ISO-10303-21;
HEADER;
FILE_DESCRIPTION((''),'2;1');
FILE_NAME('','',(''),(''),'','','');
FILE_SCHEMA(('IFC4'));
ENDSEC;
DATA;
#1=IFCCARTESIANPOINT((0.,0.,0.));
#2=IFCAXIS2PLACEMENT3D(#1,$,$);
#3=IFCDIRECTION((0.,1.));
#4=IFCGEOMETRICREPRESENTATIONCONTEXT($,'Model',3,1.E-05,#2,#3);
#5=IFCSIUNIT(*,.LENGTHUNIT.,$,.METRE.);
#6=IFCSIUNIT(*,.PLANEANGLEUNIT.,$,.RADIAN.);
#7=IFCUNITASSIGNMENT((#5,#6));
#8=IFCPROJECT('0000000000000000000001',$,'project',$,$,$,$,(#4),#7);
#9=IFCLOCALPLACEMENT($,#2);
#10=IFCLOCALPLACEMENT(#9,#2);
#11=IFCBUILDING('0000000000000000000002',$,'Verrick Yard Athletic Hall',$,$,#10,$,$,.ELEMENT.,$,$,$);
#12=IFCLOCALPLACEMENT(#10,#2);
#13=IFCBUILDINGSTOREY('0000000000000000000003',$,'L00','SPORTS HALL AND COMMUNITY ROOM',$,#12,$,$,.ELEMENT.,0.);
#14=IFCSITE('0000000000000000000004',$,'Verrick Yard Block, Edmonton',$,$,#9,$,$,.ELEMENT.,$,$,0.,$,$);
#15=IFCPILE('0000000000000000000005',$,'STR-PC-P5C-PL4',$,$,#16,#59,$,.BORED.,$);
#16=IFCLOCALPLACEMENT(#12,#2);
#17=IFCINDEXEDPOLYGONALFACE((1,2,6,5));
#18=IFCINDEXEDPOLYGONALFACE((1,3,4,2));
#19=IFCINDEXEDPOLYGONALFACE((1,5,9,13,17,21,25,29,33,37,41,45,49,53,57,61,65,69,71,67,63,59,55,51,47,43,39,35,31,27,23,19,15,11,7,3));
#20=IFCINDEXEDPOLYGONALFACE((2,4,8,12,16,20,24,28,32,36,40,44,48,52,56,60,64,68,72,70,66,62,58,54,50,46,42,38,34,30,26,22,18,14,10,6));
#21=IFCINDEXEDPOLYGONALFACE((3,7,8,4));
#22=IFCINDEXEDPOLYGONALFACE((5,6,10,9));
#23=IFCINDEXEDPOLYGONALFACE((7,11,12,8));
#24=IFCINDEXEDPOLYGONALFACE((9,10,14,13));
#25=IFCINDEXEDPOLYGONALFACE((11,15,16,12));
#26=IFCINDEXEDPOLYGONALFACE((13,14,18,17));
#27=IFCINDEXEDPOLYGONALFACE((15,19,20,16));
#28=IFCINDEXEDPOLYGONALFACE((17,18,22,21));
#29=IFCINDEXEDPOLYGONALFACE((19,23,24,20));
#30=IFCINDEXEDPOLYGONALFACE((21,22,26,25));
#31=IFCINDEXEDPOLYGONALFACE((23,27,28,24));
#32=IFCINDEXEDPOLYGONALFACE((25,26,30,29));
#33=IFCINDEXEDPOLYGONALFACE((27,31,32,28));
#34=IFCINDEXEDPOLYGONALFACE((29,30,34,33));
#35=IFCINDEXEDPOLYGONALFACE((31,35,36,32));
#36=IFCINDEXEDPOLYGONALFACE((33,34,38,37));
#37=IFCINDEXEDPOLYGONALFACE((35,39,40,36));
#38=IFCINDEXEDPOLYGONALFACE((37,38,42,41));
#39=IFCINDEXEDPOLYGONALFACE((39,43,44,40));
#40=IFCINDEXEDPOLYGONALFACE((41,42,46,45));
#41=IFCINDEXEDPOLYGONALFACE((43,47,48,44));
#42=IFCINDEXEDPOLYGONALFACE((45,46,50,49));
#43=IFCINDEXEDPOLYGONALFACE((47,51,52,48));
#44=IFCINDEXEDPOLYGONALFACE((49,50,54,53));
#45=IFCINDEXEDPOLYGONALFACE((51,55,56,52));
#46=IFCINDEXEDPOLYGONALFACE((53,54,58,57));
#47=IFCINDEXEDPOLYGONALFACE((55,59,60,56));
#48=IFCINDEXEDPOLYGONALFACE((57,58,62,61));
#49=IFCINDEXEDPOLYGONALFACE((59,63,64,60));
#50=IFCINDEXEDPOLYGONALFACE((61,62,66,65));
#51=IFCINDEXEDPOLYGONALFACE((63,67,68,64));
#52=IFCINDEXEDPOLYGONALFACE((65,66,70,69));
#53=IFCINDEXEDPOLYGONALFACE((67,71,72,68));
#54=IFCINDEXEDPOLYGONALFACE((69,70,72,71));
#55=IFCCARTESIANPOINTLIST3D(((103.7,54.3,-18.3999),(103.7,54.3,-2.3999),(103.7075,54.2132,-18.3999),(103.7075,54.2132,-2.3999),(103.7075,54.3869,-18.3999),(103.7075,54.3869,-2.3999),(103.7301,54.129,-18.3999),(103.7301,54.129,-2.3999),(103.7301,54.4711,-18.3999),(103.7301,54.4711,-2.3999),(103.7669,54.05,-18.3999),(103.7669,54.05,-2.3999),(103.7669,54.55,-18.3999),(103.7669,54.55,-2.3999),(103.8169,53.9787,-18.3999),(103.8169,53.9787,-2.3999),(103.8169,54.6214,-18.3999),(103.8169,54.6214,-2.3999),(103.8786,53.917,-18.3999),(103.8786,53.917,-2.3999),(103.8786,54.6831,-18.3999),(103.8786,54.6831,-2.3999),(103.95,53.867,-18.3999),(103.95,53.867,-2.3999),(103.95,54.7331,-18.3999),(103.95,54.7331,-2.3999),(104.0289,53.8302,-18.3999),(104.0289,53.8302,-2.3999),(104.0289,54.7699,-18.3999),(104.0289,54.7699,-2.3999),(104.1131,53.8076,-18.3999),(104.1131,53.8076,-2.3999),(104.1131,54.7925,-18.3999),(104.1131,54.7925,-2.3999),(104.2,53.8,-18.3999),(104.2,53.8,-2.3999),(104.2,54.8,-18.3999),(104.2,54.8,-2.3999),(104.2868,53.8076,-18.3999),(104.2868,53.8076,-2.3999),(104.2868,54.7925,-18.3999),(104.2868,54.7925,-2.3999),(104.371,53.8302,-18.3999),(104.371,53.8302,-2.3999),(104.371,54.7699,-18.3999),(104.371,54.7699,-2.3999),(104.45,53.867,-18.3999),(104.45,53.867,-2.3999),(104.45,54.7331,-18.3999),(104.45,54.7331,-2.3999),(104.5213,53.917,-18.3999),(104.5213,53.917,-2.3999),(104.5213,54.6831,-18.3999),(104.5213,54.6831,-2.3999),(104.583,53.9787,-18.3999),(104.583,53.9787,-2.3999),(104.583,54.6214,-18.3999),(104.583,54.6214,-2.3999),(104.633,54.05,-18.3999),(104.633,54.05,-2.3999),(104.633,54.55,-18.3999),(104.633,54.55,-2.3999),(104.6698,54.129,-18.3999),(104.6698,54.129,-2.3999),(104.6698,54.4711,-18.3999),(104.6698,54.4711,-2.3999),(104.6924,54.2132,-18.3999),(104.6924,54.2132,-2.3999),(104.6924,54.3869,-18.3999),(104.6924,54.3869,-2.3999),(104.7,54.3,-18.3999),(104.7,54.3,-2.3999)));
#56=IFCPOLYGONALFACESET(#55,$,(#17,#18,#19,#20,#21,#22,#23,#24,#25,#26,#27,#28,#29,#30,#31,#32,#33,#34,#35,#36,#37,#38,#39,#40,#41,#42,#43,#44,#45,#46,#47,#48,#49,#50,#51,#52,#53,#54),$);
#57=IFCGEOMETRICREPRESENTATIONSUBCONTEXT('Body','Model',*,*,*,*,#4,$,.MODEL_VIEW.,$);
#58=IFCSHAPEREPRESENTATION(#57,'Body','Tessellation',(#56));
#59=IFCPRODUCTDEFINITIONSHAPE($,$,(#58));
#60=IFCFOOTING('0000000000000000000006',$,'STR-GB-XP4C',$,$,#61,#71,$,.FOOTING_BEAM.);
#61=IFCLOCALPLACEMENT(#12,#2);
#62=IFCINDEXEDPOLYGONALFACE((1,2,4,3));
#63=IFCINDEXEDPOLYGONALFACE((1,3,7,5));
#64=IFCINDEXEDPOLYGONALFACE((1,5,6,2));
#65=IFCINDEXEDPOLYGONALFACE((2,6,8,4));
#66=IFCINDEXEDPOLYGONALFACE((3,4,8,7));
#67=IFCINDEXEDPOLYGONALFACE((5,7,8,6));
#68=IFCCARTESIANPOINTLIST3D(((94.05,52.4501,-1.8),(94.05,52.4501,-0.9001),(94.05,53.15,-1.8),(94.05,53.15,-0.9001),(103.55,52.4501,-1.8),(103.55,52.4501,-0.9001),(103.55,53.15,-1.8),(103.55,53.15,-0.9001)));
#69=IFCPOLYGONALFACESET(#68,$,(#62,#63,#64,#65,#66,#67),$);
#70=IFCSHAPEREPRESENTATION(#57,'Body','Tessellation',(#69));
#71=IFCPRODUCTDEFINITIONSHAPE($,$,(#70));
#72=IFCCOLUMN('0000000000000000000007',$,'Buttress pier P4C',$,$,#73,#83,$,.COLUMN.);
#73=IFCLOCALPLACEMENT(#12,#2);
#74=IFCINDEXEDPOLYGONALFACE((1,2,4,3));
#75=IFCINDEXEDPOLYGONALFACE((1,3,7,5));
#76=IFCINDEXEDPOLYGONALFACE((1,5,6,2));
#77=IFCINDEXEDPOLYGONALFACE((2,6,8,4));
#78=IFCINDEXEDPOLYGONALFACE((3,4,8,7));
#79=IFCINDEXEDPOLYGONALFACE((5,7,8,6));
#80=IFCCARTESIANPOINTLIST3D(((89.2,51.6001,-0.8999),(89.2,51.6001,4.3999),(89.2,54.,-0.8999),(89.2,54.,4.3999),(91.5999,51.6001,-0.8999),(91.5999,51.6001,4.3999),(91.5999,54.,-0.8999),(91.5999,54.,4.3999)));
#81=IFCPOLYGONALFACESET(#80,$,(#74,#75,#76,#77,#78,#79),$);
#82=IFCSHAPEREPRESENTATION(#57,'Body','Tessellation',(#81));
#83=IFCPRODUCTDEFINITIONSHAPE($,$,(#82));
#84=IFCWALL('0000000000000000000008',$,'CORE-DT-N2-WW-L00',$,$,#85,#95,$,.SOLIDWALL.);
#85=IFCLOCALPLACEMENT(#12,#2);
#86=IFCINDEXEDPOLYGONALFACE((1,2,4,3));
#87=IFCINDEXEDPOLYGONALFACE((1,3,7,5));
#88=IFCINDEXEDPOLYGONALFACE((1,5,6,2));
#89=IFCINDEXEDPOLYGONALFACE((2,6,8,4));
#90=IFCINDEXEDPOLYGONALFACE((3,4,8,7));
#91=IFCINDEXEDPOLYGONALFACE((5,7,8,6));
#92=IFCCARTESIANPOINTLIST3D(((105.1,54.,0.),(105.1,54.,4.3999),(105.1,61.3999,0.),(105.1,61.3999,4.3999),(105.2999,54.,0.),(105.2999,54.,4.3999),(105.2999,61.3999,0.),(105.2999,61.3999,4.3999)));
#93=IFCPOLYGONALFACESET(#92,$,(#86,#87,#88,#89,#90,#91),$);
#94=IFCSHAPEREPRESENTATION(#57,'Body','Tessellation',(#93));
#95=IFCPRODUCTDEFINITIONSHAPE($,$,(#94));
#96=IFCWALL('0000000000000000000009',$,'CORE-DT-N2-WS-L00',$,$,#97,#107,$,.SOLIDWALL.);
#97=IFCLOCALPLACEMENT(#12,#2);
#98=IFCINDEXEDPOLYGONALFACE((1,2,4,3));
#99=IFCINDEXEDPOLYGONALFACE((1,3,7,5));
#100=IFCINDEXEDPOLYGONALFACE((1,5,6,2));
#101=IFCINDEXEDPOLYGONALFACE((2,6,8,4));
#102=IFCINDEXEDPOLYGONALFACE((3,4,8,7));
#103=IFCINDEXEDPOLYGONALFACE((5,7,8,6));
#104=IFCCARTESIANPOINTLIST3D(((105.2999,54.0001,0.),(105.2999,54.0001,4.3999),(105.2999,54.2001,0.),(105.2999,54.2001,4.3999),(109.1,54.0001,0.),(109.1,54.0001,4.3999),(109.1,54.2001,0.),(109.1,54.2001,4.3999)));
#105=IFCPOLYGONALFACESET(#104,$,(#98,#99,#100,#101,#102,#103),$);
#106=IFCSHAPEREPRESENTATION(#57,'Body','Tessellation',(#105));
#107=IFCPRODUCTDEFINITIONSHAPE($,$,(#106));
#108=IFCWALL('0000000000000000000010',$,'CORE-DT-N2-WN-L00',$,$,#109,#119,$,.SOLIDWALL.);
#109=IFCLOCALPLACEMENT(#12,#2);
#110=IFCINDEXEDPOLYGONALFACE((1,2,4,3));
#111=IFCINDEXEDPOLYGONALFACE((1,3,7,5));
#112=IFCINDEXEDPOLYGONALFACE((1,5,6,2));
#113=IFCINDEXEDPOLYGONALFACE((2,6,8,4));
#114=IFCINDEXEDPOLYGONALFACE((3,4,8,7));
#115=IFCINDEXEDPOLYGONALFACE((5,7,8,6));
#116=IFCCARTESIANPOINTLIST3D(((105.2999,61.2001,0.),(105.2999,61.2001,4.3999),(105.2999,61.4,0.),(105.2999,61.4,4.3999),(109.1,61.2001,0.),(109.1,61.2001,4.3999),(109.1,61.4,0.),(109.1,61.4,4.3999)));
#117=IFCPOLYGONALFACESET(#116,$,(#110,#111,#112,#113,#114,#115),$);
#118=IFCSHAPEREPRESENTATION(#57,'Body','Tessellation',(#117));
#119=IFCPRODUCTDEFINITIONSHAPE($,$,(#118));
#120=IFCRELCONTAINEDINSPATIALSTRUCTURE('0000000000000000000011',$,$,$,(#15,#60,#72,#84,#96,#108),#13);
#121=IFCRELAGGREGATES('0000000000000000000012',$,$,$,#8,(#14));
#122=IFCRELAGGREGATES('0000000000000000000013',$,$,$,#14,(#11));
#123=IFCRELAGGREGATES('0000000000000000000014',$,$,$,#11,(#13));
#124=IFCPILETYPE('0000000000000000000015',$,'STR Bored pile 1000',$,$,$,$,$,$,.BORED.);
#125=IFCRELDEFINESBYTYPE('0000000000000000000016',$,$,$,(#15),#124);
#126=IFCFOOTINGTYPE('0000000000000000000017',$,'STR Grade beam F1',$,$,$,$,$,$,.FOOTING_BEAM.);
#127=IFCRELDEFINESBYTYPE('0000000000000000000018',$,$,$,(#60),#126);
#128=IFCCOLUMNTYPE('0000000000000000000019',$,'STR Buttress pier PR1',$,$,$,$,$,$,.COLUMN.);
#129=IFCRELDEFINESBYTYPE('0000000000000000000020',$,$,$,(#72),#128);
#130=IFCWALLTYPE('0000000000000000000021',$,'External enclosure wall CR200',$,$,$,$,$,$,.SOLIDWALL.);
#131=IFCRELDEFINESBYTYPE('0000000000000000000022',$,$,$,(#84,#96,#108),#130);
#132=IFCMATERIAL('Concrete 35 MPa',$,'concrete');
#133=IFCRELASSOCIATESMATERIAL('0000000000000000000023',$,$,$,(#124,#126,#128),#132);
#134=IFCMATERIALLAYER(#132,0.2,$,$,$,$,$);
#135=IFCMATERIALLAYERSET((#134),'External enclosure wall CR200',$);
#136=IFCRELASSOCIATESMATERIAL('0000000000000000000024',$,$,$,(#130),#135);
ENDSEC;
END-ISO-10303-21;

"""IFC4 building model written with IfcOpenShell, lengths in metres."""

from ifc_helpers import new_model, si_unit, direction, frame, frame_2d, origin, origin_2d, place, context, subcontext, project, spatial, rectangle, circle, extrude, material, layer, layer_set, material_profile, profile_set, type_object, element, save


model = new_model("IFC4")

# Units and contexts
model_context = context("Model", 3, precision=1e-05, world=origin(), true_north=direction((0.0, 1.0)))
body_context = subcontext(model_context, "Body", "Model", "MODEL_VIEW")
ifc_project = project(units=[si_unit("LENGTHUNIT", "METRE"), si_unit("PLANEANGLEUNIT", "RADIAN")], contexts=[model_context])

# Site, building, storey
site_placement = place(None, origin())
site = spatial("IfcSite", under=ifc_project, at=site_placement, Name="Verrick Yard Block, Edmonton", CompositionType="ELEMENT", RefElevation=0.0)
building_placement = place(site_placement, origin())
building = spatial("IfcBuilding", under=site, at=building_placement, Name="Verrick Yard Athletic Hall", CompositionType="ELEMENT")
storey_placement = place(building_placement, origin())
storey = spatial("IfcBuildingStorey", under=building, at=storey_placement, Name="L00", Description="SPORTS HALL AND COMMUNITY ROOM", CompositionType="ELEMENT", Elevation=0.0)

# Pile
ifc_material_1 = material(Name="Concrete 35 MPa", Category="concrete")
pile_type_1 = type_object("IfcPileType", Name="STR Bored pile 1000", PredefinedType="BORED", material=ifc_material_1)
for number, where, z_axis, x_axis, name in (
    (1, (104.2, 54.3, -2.3999), (0.0, 0.0, -1.0), (1.0, 0.0, 0.0), "STR-PC-P5C-PL4"),
):
    element("IfcPile", number, at=place(storey_placement, frame(where, z_axis=z_axis, x_axis=x_axis)), inside=storey, type_object=pile_type_1, Name=name, PredefinedType="BORED", context=body_context, shape_type="SweptSolid", body=[
        extrude(circle(Radius=0.5, at=origin_2d()), origin(), (0.0, 0.0, 1.0), 16.0),
    ])

# Footing
ifc_material_profile_1 = material_profile(ifc_material_1, rectangle(XDim=0.7, YDim=0.8999, at=origin_2d()), Name="STR Grade beam F1")
ifc_profile_set_1 = profile_set([ifc_material_profile_1], Name="Concrete 35 MPa")
footing_type = type_object("IfcFootingType", Name="STR Grade beam F1", PredefinedType="FOOTING_BEAM", material=ifc_profile_set_1)
footing_placement = place(storey_placement, frame((94.05, 52.8, -1.3501), z_axis=(1.0, 0.0, 0.0), x_axis=(0.0, 1.0, 0.0)))
element("IfcFooting", 2, at=footing_placement, inside=storey, type_object=footing_type, Name="STR-GB-XP4C", PredefinedType="FOOTING_BEAM", context=body_context, shape_type="SweptSolid", body=[
    extrude(rectangle(XDim=0.7, YDim=0.8999, at=origin_2d()), origin(), (0.0, 0.0, 1.0), 9.5),
])

# Column
ifc_material_profile_2 = material_profile(ifc_material_1, rectangle(XDim=2.3999, YDim=2.3999, at=origin_2d()), Name="STR Buttress pier PR1")
ifc_profile_set_2 = profile_set([ifc_material_profile_2], Name="Concrete 35 MPa")
column_type = type_object("IfcColumnType", Name="STR Buttress pier PR1", PredefinedType="COLUMN", material=ifc_profile_set_2)
column_placement = place(storey_placement, frame((90.3999, 52.8, -0.8999), z_axis=(0.0, 0.0, 1.0), x_axis=(1.0, 0.0, 0.0)))
element("IfcColumn", 3, at=column_placement, inside=storey, type_object=column_type, Name="Buttress pier P4C", PredefinedType="COLUMN", context=body_context, shape_type="SweptSolid", body=[
    extrude(rectangle(XDim=2.3999, YDim=2.3999, at=origin_2d()), origin(), (0.0, 0.0, 1.0), 5.2998),
])

# Walls
ifc_layer_1 = layer(ifc_material_1, 0.2)
ifc_layer_set_1 = layer_set([ifc_layer_1], Name="External enclosure wall CR200")
wall_type_1 = type_object("IfcWallType", Name="External enclosure wall CR200", PredefinedType="SOLIDWALL", material=ifc_layer_set_1)
wall_1_placement = place(storey_placement, frame((105.2, 54.0, 0.0), z_axis=(0.0, 0.0, 1.0), x_axis=(0.0, 1.0, 0.0)))
element("IfcWall", 4, at=wall_1_placement, inside=storey, type_object=wall_type_1, Name="CORE-DT-N2-WW-L00", PredefinedType="SOLIDWALL", context=body_context, shape_type="SweptSolid", body=[
    extrude(rectangle(XDim=7.3999, YDim=0.2, at=frame_2d((3.7, 0.0))), origin(), (0.0, 0.0, 1.0), 4.3999),
])
for number, where, z_axis, x_axis, name in (
    (5, (105.3, 54.1001, 0.0), (0.0, 0.0, 1.0), (1.0, 0.0, 0.0), "CORE-DT-N2-WS-L00"),
    (6, (105.3, 61.3, 0.0), (0.0, 0.0, 1.0), (1.0, 0.0, 0.0), "CORE-DT-N2-WN-L00"),
):
    element("IfcWall", number, at=place(storey_placement, frame(where, z_axis=z_axis, x_axis=x_axis)), inside=storey, type_object=wall_type_1, Name=name, PredefinedType="SOLIDWALL", context=body_context, shape_type="SweptSolid", body=[
        extrude(rectangle(XDim=3.8, YDim=0.2, at=frame_2d((1.8999, 0.0))), origin(), (0.0, 0.0, 1.0), 4.3999),
    ])

save(model, "model.ifc")
